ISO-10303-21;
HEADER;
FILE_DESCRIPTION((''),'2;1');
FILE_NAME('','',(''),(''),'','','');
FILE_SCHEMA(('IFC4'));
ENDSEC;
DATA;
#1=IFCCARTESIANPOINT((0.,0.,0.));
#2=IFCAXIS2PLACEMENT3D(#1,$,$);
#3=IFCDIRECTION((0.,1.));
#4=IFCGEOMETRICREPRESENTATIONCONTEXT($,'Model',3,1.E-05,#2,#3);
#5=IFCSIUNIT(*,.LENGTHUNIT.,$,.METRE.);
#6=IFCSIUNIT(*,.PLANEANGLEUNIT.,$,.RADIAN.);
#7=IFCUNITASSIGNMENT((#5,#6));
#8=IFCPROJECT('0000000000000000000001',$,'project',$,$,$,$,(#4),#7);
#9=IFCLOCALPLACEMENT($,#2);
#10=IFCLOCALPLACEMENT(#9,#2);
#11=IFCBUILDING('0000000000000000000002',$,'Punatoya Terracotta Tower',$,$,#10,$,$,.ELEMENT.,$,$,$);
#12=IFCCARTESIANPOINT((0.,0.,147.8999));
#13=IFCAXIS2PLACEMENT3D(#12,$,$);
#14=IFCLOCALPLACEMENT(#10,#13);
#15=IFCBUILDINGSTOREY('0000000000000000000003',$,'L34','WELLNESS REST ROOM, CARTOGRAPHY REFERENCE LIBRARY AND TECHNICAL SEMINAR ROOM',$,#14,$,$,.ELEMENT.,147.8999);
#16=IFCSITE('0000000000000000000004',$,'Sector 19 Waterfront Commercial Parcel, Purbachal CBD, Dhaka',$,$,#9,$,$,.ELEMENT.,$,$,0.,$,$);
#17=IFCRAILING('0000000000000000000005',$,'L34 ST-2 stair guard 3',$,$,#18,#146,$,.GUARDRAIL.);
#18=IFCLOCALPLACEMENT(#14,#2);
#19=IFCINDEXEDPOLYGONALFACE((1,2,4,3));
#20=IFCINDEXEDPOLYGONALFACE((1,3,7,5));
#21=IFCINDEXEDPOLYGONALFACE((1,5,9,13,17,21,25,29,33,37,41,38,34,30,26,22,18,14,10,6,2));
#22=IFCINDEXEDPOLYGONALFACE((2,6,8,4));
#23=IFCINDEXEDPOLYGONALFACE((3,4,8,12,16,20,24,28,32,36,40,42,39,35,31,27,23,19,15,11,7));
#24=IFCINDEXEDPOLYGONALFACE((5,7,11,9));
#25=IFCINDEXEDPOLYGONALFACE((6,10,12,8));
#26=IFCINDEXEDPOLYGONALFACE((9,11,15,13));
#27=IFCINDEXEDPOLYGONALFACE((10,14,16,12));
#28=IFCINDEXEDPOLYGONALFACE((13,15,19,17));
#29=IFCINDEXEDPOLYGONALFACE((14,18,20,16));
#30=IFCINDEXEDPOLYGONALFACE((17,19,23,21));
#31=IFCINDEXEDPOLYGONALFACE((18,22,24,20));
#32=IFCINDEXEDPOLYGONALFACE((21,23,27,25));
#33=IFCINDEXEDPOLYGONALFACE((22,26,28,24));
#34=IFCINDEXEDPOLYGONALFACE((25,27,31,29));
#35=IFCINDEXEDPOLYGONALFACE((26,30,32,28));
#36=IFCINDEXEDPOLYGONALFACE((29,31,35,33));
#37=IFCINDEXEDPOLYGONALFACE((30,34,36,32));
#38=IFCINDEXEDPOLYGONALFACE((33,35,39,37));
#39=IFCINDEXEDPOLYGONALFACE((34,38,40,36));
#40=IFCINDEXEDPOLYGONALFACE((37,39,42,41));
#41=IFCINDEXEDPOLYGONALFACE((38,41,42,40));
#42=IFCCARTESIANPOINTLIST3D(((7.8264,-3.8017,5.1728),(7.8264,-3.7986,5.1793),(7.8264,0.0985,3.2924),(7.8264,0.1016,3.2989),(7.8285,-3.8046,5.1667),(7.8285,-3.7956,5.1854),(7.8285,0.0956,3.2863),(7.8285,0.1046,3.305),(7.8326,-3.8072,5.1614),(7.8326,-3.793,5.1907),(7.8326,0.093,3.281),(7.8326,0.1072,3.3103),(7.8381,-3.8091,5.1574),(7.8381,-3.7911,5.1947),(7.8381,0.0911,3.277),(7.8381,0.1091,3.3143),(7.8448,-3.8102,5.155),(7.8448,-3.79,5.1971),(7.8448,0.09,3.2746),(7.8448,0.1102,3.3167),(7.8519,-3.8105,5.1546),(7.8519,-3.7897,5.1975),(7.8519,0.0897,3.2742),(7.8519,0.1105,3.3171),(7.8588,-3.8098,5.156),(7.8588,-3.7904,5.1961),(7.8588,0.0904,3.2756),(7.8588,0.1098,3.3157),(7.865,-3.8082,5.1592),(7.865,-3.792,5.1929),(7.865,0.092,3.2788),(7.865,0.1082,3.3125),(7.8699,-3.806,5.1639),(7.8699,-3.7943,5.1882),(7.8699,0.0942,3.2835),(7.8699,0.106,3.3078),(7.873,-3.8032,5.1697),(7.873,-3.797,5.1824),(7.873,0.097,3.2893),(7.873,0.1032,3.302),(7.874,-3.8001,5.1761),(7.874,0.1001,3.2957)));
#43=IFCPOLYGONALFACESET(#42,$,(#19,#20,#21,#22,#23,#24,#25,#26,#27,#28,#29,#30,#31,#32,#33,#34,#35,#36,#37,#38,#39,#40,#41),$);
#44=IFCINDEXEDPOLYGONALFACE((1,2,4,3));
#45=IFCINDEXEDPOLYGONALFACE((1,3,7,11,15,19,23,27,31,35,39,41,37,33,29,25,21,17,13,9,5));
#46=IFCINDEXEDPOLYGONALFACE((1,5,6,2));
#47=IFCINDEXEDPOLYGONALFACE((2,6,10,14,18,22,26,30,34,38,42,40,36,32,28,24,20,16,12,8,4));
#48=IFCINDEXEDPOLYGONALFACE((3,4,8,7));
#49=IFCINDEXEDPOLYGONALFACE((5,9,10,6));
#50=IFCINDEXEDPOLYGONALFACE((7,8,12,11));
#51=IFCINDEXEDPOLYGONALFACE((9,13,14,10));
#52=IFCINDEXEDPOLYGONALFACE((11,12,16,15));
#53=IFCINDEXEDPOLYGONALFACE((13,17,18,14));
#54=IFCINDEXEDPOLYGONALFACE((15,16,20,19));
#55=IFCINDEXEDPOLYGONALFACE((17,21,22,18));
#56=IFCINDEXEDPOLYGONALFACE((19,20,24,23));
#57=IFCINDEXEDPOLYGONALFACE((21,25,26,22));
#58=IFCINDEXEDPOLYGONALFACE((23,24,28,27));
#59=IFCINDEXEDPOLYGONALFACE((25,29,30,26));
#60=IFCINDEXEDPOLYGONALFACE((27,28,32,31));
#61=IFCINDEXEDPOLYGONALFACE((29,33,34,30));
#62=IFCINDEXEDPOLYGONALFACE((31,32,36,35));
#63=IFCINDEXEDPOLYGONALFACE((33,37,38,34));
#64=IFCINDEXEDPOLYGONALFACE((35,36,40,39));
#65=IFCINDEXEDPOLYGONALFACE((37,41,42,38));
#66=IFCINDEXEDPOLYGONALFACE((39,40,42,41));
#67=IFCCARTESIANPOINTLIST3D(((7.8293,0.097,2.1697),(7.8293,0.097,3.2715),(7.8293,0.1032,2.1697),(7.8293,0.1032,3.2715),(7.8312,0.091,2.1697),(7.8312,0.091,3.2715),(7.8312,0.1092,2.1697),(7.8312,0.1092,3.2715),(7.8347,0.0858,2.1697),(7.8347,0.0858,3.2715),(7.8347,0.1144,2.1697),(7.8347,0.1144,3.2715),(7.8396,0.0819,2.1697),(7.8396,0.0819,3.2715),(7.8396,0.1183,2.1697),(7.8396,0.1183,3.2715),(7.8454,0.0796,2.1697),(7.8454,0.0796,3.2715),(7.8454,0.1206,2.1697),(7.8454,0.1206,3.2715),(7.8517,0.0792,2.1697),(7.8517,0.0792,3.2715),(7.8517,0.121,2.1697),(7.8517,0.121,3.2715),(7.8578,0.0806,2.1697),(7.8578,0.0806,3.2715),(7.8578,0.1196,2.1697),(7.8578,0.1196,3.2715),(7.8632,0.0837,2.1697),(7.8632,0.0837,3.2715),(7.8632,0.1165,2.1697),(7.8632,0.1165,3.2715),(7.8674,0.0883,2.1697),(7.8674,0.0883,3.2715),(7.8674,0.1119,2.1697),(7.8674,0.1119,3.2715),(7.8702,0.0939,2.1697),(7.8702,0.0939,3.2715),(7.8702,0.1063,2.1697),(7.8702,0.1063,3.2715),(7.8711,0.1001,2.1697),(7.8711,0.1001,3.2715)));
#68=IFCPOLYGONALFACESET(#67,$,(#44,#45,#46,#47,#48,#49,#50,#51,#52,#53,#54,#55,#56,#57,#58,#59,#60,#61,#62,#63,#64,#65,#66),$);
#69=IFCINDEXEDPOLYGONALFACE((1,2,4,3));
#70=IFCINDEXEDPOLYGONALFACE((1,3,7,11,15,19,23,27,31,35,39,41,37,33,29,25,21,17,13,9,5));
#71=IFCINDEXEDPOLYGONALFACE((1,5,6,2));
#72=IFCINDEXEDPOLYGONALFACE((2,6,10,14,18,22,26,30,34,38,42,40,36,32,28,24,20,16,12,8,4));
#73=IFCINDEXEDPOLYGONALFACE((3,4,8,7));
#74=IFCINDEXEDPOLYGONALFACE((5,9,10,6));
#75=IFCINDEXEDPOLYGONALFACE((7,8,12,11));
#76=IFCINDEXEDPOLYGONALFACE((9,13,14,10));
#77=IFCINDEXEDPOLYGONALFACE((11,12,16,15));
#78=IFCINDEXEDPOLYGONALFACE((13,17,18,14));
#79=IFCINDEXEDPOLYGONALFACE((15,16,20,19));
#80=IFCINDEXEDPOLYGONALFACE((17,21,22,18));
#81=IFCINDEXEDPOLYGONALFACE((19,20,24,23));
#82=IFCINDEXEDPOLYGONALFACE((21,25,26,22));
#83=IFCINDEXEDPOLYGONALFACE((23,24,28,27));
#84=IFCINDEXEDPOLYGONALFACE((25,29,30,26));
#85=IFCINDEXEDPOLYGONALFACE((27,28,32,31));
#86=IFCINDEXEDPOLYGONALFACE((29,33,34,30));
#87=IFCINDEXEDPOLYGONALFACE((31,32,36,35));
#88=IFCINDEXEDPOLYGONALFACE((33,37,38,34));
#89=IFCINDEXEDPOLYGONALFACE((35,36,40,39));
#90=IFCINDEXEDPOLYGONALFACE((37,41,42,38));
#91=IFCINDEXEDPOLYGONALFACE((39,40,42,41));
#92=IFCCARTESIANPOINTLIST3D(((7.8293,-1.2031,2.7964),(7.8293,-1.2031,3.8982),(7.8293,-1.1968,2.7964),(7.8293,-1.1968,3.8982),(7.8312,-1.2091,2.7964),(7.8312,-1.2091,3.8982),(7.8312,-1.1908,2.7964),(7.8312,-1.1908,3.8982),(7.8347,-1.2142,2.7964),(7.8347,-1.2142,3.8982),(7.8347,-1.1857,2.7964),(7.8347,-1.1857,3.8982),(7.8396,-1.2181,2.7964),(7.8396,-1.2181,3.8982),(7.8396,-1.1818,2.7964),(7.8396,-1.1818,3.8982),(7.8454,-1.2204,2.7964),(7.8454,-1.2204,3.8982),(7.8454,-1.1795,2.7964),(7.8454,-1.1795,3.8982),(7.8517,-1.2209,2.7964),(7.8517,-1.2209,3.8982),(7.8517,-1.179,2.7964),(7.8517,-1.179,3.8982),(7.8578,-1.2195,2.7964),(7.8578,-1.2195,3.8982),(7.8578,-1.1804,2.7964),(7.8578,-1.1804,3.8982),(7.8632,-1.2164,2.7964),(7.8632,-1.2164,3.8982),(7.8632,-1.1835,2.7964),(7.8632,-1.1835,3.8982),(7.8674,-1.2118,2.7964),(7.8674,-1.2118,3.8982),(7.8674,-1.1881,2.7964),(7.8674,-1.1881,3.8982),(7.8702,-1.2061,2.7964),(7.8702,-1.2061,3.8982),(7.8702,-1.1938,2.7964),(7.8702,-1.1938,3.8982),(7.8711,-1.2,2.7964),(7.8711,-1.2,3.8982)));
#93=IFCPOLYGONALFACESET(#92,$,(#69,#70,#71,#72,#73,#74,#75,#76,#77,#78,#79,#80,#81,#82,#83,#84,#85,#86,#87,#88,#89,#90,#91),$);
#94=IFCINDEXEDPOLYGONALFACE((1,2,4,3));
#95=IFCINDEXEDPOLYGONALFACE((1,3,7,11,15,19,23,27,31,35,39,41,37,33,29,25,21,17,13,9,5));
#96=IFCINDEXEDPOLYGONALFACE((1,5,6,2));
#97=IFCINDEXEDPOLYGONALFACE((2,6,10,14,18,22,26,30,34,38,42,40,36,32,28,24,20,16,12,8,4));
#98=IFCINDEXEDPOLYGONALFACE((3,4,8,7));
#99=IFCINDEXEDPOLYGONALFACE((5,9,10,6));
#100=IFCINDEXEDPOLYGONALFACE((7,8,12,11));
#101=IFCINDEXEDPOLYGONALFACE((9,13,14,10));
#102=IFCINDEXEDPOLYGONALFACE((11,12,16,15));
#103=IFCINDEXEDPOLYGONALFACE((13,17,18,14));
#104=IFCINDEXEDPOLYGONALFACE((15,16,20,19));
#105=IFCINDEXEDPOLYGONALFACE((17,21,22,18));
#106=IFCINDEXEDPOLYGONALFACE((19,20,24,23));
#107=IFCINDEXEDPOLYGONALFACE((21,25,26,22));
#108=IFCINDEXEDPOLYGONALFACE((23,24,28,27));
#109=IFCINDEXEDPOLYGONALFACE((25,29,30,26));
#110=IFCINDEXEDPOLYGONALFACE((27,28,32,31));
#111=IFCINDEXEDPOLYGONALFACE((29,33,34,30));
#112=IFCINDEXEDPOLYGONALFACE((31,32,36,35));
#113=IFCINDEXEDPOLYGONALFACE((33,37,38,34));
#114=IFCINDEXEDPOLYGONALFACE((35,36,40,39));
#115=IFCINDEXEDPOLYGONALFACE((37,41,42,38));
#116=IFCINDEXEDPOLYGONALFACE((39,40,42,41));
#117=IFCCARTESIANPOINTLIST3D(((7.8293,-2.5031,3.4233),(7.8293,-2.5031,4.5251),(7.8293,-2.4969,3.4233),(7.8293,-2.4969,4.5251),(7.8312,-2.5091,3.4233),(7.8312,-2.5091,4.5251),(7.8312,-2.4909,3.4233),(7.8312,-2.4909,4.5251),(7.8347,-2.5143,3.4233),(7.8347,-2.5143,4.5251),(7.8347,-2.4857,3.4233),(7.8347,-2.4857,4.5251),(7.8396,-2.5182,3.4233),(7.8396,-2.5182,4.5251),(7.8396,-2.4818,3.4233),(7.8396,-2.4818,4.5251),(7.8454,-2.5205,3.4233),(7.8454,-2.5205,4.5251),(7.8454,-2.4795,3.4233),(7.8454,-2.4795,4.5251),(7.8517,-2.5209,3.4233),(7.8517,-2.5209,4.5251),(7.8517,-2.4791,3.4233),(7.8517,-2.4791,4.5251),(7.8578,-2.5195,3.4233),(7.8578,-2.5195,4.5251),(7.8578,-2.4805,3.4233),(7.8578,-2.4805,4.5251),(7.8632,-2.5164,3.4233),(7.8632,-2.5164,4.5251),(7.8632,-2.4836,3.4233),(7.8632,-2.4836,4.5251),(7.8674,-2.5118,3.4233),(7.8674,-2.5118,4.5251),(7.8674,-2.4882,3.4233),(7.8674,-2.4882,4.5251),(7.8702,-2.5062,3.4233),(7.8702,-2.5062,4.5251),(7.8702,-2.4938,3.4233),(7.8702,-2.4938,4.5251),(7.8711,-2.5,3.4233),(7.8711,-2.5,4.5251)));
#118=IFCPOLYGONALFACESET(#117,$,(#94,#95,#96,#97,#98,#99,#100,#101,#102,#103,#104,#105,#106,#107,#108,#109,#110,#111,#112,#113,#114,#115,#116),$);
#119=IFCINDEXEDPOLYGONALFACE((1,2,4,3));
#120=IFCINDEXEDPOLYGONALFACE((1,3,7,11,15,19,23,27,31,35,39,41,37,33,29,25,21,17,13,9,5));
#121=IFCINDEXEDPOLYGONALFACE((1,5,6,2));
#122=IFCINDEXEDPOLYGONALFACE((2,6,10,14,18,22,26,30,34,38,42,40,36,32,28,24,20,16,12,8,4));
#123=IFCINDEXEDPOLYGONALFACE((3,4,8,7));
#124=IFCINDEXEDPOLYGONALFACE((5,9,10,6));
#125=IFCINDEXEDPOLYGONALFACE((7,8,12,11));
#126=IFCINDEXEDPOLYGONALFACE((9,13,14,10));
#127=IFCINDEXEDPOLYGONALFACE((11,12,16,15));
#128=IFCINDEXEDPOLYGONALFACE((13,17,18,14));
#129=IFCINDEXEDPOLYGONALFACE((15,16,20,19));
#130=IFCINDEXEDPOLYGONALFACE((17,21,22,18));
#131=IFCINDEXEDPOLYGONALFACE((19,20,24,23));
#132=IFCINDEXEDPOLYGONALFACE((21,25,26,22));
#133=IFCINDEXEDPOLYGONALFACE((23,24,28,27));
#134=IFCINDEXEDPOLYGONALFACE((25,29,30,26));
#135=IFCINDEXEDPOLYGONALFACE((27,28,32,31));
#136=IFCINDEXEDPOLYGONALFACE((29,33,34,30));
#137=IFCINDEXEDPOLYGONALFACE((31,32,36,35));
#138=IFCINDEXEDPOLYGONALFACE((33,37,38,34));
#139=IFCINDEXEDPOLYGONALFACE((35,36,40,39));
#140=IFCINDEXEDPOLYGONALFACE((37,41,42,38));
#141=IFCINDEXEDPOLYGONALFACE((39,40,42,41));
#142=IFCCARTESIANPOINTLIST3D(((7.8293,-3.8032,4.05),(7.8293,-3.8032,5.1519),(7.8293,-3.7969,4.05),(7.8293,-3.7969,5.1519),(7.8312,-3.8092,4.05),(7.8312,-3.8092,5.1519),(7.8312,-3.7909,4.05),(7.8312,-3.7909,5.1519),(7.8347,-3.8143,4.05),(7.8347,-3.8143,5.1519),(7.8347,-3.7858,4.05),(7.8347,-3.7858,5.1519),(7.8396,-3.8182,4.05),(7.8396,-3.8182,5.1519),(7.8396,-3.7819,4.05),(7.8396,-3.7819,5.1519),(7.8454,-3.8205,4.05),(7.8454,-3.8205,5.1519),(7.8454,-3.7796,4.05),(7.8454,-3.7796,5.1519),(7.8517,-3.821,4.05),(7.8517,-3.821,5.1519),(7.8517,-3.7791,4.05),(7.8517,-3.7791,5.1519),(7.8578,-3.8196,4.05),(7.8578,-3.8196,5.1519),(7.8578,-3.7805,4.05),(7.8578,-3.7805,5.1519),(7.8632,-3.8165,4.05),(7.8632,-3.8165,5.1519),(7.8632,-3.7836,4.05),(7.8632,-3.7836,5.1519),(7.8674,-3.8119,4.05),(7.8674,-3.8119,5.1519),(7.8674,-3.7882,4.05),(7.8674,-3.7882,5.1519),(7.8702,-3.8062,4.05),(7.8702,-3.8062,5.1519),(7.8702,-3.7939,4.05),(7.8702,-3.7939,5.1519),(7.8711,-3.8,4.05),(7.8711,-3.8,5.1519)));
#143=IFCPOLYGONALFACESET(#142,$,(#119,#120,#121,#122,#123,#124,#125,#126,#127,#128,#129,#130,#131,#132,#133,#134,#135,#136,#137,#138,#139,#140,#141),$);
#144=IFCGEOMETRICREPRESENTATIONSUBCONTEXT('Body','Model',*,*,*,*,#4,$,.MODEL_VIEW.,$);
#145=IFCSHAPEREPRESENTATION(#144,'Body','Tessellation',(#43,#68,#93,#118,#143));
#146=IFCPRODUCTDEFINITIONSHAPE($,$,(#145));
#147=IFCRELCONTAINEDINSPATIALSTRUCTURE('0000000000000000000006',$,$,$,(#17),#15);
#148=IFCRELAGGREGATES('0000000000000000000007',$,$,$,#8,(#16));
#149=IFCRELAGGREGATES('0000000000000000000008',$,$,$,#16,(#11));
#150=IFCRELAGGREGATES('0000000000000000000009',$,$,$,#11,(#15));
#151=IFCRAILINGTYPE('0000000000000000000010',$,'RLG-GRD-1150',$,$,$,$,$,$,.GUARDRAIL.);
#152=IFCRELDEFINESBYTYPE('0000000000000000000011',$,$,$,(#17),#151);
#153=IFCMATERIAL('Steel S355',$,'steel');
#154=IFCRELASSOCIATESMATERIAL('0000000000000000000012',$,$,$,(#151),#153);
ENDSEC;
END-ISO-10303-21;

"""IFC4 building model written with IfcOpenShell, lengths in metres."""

from ifc_helpers import new_model, si_unit, direction, frame, origin, origin_2d, place, context, subcontext, project, spatial, circle, extrude, material, type_object, element, save


model = new_model("IFC4")

# Units and contexts
model_context = context("Model", 3, precision=1e-05, world=origin(), true_north=direction((0.0, 1.0)))
body_context = subcontext(model_context, "Body", "Model", "MODEL_VIEW")
ifc_project = project(units=[si_unit("LENGTHUNIT", "METRE"), si_unit("PLANEANGLEUNIT", "RADIAN")], contexts=[model_context])

# Site, building, storey
site_placement = place(None, origin())
site = spatial("IfcSite", under=ifc_project, at=site_placement, Name="Sector 19 Waterfront Commercial Parcel, Purbachal CBD, Dhaka", CompositionType="ELEMENT", RefElevation=0.0)
building_placement = place(site_placement, origin())
building = spatial("IfcBuilding", under=site, at=building_placement, Name="Punatoya Terracotta Tower", CompositionType="ELEMENT")
storey_placement = place(building_placement, frame((0.0, 0.0, 147.8999)))
storey = spatial("IfcBuildingStorey", under=building, at=storey_placement, Name="L34", Description="WELLNESS REST ROOM, CARTOGRAPHY REFERENCE LIBRARY AND TECHNICAL SEMINAR ROOM", CompositionType="ELEMENT", Elevation=147.8999)

# Shared definitions
ifc_material_1 = material(Name="Steel S355", Category="steel")

# Railing
railing_type = type_object("IfcRailingType", Name="RLG-GRD-1150", PredefinedType="GUARDRAIL", material=ifc_material_1)
railing_1_placement = place(storey_placement, frame((7.8501, 0.1001, 2.1697)))
element("IfcRailing", 1, at=railing_1_placement, inside=storey, type_object=railing_type, Name="L34 ST-2 stair guard 3", PredefinedType="GUARDRAIL", context=body_context, shape_type="SweptSolid", body=[
    extrude(circle(Radius=0.0239, at=origin_2d()), frame((0.0, 0.0, 1.126), z_axis=(0.0, -0.900774, 0.434289), x_axis=(1.0, 0.0, 0.0)), (0.0, 0.0, 1.0), 4.3298),
    extrude(circle(Radius=0.021, at=origin_2d()), origin(), (0.0, 0.0, 1.0), 1.1018),
    extrude(circle(Radius=0.021, at=origin_2d()), frame((0.0, -1.3, 0.6267)), (0.0, 0.0, 1.0), 1.1018),
    extrude(circle(Radius=0.021, at=origin_2d()), frame((0.0, -2.6001, 1.2537)), (0.0, 0.0, 1.0), 1.1018),
    extrude(circle(Radius=0.021, at=origin_2d()), frame((0.0, -3.9001, 1.8804)), (0.0, 0.0, 1.0), 1.1018),
])

save(model, "model.ifc")
